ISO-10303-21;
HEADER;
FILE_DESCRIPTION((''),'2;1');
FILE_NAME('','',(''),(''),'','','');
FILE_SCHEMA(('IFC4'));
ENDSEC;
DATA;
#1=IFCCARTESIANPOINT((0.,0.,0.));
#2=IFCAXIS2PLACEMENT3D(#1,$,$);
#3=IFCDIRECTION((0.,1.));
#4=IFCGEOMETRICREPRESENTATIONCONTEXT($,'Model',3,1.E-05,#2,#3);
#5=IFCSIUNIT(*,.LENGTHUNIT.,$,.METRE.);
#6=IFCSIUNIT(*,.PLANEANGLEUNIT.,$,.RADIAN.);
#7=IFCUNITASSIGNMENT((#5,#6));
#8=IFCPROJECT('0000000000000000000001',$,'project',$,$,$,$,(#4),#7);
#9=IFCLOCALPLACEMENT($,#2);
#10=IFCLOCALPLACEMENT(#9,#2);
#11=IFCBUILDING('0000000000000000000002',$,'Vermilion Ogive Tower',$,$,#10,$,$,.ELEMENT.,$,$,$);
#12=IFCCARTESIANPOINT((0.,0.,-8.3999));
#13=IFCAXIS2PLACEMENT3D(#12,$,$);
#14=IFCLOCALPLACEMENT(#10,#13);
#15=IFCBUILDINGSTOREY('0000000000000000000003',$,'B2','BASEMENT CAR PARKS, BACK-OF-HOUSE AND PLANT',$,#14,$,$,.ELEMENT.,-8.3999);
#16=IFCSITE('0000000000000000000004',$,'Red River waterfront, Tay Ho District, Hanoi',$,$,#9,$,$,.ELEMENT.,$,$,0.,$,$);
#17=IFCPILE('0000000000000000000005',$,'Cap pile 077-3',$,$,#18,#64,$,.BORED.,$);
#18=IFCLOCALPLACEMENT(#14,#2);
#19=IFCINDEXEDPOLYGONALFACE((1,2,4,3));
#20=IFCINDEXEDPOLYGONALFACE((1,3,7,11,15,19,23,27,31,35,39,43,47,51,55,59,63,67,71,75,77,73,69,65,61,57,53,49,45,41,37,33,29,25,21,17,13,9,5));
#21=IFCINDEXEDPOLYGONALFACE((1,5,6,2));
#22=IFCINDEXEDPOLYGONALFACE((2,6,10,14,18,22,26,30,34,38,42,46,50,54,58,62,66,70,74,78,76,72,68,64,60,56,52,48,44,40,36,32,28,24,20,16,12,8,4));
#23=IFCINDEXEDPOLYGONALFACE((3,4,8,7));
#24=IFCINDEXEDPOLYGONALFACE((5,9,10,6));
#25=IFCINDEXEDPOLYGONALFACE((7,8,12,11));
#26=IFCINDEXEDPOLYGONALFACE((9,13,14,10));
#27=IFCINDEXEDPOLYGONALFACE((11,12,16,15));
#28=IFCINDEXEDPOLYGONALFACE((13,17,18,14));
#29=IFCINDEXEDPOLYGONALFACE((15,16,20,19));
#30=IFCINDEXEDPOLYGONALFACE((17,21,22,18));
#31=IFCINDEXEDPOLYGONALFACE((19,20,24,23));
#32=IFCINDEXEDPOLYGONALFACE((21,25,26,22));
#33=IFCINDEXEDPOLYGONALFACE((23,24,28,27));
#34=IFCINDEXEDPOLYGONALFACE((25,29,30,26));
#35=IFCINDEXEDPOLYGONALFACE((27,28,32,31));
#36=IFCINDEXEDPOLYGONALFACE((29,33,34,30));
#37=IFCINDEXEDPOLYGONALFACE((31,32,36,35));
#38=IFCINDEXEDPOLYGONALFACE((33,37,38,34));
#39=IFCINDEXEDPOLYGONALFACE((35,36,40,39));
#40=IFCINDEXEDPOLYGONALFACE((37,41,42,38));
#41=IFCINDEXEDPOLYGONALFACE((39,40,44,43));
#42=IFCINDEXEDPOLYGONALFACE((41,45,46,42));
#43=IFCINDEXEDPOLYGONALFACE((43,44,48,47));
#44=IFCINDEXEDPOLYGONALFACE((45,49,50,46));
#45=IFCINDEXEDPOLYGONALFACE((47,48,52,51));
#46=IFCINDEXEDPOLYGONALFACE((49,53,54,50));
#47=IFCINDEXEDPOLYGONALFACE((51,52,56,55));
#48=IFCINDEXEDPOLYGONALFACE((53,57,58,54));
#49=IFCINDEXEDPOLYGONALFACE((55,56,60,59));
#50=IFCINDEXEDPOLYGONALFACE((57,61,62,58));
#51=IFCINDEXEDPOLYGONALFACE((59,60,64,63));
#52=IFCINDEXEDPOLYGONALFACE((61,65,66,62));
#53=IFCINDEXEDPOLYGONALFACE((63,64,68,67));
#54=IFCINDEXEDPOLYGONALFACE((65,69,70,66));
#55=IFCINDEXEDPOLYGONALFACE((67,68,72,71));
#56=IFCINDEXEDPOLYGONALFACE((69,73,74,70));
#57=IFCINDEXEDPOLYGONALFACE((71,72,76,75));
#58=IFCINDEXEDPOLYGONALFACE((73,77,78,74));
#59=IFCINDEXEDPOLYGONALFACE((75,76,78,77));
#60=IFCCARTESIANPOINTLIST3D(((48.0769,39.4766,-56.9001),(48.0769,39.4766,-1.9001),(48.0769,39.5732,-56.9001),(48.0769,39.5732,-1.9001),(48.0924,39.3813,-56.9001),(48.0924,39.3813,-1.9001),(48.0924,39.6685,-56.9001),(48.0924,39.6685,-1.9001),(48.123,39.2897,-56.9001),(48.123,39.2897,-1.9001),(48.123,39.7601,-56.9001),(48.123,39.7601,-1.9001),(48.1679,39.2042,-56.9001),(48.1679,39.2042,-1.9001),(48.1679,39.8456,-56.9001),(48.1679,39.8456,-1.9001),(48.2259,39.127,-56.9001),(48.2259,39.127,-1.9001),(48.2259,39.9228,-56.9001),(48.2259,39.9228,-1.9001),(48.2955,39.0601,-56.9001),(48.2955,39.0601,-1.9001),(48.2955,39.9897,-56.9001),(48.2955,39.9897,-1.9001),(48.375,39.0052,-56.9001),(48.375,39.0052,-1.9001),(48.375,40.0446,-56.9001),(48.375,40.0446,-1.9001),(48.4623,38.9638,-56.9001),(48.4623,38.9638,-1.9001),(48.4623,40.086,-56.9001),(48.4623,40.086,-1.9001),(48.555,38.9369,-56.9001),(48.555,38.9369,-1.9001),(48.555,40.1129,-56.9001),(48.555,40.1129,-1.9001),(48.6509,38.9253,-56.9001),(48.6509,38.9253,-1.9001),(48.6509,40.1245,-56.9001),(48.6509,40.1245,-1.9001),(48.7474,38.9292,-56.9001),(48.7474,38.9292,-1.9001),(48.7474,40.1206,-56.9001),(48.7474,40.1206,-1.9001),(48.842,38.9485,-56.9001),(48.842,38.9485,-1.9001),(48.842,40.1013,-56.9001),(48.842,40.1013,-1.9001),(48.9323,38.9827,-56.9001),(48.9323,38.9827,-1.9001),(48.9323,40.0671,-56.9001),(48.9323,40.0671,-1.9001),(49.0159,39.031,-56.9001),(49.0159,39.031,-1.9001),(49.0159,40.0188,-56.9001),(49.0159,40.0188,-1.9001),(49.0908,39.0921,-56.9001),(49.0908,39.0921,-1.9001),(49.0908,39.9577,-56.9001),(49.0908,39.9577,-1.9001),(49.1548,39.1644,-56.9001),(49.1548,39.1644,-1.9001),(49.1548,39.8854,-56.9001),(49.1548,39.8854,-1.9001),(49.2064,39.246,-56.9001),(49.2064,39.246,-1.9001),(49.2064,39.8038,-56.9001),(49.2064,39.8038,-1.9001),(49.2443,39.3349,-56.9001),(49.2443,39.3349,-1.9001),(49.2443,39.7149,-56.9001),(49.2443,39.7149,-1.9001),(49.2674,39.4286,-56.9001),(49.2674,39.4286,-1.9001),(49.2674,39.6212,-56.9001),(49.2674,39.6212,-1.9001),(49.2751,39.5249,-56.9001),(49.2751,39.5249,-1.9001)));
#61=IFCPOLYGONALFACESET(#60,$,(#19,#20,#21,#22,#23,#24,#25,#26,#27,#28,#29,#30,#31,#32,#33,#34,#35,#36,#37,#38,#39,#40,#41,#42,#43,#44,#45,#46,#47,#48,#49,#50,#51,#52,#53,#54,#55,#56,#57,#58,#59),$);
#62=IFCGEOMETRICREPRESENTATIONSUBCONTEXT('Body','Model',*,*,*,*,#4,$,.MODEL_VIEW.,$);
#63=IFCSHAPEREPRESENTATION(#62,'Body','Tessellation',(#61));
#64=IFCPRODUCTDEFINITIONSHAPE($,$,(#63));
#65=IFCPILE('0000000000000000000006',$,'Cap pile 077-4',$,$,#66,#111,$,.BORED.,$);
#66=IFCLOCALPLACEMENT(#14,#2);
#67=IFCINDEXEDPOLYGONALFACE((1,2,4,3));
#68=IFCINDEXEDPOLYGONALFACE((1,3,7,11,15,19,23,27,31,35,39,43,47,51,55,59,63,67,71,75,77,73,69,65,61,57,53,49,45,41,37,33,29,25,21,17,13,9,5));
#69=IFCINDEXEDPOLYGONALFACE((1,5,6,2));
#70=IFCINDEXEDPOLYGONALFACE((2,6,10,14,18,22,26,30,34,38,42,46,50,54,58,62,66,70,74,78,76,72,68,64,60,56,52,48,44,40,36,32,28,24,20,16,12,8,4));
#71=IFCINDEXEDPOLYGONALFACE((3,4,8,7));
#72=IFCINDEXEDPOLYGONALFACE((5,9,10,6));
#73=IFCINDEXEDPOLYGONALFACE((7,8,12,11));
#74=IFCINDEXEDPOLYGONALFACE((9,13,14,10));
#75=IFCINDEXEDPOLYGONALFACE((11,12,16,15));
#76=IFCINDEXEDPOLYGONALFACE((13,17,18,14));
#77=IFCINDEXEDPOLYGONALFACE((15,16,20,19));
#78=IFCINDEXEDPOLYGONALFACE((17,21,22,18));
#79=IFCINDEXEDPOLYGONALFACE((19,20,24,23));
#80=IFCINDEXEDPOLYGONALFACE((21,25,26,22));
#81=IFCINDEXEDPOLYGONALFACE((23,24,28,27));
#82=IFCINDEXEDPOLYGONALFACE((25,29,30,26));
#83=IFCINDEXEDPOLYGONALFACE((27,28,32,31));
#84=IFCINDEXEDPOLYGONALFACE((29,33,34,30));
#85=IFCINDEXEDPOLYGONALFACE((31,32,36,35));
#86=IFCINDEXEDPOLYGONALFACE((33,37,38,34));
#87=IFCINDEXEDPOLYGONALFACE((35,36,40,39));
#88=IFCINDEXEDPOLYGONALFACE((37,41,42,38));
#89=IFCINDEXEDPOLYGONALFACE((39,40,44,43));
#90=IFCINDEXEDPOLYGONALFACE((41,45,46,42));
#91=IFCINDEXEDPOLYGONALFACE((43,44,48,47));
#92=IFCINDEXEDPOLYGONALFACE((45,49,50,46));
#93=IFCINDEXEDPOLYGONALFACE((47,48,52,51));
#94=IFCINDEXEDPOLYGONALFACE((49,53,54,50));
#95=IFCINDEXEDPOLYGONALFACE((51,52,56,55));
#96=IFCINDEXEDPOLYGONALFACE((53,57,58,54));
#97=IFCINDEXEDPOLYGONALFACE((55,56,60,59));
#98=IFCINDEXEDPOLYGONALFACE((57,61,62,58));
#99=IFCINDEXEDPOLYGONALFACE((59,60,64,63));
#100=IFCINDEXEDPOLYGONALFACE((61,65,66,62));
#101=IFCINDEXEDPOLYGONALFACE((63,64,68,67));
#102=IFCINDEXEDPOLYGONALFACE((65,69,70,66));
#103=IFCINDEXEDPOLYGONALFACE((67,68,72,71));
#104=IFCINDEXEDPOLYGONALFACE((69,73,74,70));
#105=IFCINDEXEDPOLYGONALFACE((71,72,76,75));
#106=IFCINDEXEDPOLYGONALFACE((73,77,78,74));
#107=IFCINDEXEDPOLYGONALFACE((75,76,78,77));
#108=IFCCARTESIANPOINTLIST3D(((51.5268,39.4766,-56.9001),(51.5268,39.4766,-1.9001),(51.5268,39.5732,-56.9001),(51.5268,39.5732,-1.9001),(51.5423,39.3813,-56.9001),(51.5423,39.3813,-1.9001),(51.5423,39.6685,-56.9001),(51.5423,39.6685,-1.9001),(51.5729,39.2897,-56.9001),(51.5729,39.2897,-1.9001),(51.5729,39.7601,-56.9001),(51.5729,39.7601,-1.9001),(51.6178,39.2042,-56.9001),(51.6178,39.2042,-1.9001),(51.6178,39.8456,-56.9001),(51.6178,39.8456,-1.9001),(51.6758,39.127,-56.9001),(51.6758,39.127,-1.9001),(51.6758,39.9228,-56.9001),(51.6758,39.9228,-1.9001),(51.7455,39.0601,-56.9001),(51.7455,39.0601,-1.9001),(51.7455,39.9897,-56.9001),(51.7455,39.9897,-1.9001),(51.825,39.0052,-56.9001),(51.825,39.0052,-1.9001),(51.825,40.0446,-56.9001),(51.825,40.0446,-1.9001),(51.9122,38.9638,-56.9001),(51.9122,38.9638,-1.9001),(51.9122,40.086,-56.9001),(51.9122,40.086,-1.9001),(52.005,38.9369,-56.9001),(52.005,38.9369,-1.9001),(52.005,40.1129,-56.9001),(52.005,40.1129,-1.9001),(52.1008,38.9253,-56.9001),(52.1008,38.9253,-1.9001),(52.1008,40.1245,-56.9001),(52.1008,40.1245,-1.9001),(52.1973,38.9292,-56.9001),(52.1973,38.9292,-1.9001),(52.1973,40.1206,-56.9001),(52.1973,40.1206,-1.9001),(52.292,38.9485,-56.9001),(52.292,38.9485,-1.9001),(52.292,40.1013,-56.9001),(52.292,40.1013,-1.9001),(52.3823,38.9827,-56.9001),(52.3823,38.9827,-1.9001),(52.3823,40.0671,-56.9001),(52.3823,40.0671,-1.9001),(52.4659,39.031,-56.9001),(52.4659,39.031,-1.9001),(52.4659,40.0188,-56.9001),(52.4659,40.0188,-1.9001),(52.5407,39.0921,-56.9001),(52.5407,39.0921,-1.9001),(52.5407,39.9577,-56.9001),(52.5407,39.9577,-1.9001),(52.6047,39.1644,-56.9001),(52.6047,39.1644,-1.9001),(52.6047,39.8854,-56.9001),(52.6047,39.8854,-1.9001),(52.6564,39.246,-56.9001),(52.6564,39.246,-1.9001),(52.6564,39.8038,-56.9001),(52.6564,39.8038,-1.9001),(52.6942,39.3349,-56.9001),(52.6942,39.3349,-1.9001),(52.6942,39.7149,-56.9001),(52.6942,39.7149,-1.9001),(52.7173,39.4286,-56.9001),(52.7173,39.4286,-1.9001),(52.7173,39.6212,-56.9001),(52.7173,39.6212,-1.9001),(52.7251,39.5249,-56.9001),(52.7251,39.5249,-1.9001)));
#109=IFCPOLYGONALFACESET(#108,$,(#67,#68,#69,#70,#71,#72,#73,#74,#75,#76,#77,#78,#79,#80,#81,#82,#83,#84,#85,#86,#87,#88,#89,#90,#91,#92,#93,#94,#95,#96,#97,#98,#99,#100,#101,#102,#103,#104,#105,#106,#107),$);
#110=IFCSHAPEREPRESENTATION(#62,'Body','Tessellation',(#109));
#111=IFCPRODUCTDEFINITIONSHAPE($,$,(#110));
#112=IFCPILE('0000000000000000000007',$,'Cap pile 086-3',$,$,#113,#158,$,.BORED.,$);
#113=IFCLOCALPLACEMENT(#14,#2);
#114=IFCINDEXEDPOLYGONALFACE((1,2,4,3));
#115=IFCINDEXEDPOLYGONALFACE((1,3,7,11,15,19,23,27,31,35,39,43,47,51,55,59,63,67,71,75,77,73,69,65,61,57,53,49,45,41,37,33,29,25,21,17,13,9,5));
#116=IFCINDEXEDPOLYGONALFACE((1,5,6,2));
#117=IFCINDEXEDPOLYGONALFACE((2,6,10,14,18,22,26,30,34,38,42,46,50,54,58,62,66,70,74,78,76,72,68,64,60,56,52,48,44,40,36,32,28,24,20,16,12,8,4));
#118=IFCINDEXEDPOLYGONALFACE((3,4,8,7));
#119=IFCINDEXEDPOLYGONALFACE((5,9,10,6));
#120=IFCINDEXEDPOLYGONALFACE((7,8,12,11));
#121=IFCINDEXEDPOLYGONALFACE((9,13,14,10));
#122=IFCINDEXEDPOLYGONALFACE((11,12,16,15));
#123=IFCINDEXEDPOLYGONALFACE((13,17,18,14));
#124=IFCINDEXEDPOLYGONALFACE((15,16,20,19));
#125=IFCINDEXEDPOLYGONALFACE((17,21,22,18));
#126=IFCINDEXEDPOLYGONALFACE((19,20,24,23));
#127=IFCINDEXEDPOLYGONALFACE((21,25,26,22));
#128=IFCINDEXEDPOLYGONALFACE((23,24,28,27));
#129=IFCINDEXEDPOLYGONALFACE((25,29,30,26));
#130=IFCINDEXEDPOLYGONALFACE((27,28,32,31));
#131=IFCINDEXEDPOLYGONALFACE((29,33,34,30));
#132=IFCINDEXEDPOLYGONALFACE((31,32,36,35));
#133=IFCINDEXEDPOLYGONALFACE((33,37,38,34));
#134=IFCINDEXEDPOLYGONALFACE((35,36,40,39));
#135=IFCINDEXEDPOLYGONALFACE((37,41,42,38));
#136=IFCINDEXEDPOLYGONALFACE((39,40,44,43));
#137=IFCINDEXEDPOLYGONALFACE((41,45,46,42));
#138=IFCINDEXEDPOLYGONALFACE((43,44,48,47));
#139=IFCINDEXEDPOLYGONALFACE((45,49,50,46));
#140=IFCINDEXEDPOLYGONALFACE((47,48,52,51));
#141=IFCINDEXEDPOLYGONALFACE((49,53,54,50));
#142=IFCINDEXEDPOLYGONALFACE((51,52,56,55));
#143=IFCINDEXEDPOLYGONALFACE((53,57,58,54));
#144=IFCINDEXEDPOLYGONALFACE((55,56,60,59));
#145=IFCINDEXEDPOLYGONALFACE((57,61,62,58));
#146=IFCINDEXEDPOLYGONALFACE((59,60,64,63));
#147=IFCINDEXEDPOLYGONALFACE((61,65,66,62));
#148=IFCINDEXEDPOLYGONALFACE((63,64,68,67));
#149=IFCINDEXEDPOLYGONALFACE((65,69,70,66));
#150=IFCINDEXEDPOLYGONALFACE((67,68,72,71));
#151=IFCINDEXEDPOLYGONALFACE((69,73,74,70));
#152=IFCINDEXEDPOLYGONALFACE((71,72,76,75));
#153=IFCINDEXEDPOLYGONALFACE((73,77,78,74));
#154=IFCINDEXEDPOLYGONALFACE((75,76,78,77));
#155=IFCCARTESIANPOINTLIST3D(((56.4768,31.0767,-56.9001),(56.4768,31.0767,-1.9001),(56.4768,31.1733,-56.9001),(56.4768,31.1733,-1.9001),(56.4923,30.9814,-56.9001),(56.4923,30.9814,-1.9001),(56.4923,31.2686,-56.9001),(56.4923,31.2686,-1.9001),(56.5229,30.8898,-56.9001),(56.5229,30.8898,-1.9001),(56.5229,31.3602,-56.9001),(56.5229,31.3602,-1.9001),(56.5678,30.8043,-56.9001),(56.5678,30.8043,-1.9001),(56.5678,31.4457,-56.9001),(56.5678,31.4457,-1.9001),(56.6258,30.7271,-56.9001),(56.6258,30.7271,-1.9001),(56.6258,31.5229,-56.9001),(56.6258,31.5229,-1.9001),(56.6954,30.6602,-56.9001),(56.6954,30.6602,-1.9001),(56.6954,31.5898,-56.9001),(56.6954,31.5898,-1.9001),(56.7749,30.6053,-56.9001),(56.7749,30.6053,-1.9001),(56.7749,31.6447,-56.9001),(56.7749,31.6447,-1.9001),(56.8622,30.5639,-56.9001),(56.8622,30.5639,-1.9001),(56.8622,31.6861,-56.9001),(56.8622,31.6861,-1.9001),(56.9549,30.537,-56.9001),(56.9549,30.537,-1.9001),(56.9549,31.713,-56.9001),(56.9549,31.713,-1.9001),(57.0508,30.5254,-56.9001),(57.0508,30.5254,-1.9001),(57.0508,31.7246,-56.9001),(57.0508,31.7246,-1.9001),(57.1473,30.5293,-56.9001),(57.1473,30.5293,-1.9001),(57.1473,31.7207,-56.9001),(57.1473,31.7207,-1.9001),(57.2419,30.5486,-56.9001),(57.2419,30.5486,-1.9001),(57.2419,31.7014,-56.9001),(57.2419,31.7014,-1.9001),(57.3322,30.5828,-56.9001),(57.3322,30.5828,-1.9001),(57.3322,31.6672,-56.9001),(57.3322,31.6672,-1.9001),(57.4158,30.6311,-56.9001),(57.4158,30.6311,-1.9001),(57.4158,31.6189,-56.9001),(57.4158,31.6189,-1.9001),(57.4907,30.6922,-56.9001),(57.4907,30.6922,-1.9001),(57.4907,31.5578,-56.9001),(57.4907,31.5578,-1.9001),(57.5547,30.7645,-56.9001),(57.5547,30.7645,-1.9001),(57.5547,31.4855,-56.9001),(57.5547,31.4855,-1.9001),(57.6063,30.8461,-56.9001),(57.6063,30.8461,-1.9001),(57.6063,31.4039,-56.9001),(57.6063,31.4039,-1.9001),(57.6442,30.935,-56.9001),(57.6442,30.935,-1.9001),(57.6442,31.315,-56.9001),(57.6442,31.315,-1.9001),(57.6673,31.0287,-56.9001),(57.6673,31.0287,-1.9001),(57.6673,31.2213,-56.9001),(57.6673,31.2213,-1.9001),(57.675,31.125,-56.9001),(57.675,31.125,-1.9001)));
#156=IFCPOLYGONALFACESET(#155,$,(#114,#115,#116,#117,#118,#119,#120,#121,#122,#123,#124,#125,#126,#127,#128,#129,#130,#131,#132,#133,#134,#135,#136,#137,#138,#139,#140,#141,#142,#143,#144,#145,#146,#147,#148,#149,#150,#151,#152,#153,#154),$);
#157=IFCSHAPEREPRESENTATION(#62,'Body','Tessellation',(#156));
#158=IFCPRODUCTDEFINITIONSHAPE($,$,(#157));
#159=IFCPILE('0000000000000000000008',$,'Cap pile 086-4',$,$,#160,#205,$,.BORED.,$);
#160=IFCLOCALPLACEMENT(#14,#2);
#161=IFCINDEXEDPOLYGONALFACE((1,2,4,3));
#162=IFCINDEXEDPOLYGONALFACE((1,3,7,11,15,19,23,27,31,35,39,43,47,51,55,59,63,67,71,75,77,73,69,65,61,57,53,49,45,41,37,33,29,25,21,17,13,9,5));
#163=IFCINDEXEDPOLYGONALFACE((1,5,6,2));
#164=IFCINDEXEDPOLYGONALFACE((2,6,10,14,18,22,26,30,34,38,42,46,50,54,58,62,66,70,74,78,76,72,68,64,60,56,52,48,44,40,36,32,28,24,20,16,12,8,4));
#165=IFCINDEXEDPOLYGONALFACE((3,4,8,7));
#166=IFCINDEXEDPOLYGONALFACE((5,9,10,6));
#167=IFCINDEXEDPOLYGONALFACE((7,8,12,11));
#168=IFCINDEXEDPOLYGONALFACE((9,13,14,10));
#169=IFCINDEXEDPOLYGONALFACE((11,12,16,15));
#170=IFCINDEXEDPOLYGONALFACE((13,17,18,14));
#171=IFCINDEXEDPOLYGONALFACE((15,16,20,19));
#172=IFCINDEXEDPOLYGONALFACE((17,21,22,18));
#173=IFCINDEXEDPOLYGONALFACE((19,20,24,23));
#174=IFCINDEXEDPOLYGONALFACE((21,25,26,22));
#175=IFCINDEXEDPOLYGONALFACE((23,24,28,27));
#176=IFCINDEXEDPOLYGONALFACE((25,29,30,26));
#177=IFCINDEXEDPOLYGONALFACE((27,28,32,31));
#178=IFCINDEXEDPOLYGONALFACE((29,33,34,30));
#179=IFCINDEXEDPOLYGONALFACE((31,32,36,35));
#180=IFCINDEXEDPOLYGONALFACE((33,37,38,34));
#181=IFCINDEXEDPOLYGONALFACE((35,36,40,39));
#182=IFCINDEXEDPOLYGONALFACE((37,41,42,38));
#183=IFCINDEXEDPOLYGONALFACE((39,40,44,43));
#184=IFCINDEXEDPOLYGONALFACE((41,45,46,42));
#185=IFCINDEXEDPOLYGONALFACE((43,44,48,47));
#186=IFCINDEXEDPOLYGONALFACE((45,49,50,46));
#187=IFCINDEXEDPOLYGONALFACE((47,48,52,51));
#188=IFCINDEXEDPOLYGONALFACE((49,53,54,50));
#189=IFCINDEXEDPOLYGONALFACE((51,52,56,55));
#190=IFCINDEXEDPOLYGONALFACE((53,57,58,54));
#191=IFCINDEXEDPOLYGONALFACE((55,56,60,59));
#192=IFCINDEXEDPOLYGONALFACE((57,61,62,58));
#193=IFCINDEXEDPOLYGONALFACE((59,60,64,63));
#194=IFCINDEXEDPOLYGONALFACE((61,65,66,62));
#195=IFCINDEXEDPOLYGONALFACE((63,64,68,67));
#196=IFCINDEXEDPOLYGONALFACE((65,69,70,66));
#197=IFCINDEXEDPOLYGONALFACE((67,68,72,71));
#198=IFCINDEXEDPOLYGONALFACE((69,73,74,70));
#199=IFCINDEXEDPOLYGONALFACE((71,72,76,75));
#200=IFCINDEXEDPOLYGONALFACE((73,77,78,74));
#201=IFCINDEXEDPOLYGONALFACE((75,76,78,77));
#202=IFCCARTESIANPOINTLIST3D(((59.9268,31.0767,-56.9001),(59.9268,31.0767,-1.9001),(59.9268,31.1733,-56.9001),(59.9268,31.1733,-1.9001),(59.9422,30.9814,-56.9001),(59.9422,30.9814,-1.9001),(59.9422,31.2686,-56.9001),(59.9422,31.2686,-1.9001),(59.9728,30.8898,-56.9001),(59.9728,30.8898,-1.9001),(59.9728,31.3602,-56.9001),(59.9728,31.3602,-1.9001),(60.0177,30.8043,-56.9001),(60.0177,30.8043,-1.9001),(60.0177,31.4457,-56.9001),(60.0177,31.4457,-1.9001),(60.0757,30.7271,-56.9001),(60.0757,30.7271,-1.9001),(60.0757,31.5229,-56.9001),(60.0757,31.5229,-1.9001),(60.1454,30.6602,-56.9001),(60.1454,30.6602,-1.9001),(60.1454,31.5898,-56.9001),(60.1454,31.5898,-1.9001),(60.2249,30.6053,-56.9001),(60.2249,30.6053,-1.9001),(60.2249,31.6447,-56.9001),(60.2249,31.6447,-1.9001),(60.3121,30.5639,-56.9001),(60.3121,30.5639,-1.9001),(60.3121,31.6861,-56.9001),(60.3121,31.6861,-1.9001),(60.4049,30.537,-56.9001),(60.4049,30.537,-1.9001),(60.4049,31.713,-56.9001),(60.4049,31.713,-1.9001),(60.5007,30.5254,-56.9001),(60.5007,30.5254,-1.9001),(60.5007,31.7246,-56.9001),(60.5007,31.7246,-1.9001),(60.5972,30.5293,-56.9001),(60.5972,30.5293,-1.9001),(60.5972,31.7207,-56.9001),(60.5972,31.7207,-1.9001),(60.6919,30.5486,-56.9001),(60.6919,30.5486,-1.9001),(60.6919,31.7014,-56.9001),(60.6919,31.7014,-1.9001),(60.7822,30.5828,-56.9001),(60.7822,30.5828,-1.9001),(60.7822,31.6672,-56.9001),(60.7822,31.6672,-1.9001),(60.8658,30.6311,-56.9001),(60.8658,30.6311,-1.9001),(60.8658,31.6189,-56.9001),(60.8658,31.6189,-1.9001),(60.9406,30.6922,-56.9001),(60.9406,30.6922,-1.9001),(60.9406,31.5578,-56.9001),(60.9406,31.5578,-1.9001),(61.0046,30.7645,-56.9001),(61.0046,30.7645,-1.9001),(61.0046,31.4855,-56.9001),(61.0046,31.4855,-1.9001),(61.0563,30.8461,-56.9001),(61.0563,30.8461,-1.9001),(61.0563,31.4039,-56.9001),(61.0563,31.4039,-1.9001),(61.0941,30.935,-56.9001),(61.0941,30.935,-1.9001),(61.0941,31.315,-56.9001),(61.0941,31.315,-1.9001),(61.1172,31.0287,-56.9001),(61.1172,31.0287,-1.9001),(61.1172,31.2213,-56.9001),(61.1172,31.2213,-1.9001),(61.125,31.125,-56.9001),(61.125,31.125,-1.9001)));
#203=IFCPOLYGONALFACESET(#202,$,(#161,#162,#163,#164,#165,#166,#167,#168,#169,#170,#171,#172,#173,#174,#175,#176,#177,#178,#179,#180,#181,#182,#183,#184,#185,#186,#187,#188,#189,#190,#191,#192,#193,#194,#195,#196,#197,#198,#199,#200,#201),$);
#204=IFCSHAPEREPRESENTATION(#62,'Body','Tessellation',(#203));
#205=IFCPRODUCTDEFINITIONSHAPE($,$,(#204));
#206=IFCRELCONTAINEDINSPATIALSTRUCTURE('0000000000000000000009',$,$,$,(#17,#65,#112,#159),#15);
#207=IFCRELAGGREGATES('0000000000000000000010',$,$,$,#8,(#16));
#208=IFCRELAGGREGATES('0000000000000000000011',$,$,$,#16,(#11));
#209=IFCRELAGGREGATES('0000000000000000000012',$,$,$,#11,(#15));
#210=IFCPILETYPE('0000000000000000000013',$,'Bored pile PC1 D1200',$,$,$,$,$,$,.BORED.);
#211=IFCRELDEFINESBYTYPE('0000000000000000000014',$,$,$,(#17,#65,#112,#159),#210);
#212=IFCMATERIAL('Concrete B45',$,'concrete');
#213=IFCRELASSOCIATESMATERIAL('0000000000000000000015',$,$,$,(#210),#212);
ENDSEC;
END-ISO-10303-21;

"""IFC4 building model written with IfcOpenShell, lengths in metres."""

from ifc_helpers import new_model, si_unit, direction, frame, origin, origin_2d, place, context, subcontext, project, spatial, circle, extrude, material, type_object, element, save


model = new_model("IFC4")

# Units and contexts
model_context = context("Model", 3, precision=1e-05, world=origin(), true_north=direction((0.0, 1.0)))
body_context = subcontext(model_context, "Body", "Model", "MODEL_VIEW")
ifc_project = project(units=[si_unit("LENGTHUNIT", "METRE"), si_unit("PLANEANGLEUNIT", "RADIAN")], contexts=[model_context])

# Site, building, storey
site_placement = place(None, origin())
site = spatial("IfcSite", under=ifc_project, at=site_placement, Name="Red River waterfront, Tay Ho District, Hanoi", CompositionType="ELEMENT", RefElevation=0.0)
building_placement = place(site_placement, origin())
building = spatial("IfcBuilding", under=site, at=building_placement, Name="Vermilion Ogive Tower", CompositionType="ELEMENT")
storey_placement = place(building_placement, frame((0.0, 0.0, -8.3999)))
storey = spatial("IfcBuildingStorey", under=building, at=storey_placement, Name="B2", Description="BASEMENT CAR PARKS, BACK-OF-HOUSE AND PLANT", CompositionType="ELEMENT", Elevation=-8.3999)

# Piles
ifc_material_1 = material(Name="Concrete B45", Category="concrete")
pile_type = type_object("IfcPileType", Name="Bored pile PC1 D1200", PredefinedType="BORED", material=ifc_material_1)
for number, where, z_axis, x_axis, name in (
    (1, (48.675, 39.5249, -1.9001), (0.0, 0.0, -1.0), (1.0, 0.0, 0.0), "Cap pile 077-3"),
    (2, (52.125, 39.5249, -1.9001), (0.0, 0.0, -1.0), (1.0, 0.0, 0.0), "Cap pile 077-4"),
    (3, (57.075, 31.125, -1.9001), (0.0, 0.0, -1.0), (1.0, 0.0, 0.0), "Cap pile 086-3"),
    (4, (60.5249, 31.125, -1.9001), (0.0, 0.0, -1.0), (1.0, 0.0, 0.0), "Cap pile 086-4"),
):
    element("IfcPile", number, at=place(storey_placement, frame(where, z_axis=z_axis, x_axis=x_axis)), inside=storey, type_object=pile_type, Name=name, PredefinedType="BORED", context=body_context, shape_type="SweptSolid", body=[
        extrude(circle(Radius=0.6001, at=origin_2d()), origin(), (0.0, 0.0, 1.0), 55.0),
    ])

save(model, "model.ifc")
